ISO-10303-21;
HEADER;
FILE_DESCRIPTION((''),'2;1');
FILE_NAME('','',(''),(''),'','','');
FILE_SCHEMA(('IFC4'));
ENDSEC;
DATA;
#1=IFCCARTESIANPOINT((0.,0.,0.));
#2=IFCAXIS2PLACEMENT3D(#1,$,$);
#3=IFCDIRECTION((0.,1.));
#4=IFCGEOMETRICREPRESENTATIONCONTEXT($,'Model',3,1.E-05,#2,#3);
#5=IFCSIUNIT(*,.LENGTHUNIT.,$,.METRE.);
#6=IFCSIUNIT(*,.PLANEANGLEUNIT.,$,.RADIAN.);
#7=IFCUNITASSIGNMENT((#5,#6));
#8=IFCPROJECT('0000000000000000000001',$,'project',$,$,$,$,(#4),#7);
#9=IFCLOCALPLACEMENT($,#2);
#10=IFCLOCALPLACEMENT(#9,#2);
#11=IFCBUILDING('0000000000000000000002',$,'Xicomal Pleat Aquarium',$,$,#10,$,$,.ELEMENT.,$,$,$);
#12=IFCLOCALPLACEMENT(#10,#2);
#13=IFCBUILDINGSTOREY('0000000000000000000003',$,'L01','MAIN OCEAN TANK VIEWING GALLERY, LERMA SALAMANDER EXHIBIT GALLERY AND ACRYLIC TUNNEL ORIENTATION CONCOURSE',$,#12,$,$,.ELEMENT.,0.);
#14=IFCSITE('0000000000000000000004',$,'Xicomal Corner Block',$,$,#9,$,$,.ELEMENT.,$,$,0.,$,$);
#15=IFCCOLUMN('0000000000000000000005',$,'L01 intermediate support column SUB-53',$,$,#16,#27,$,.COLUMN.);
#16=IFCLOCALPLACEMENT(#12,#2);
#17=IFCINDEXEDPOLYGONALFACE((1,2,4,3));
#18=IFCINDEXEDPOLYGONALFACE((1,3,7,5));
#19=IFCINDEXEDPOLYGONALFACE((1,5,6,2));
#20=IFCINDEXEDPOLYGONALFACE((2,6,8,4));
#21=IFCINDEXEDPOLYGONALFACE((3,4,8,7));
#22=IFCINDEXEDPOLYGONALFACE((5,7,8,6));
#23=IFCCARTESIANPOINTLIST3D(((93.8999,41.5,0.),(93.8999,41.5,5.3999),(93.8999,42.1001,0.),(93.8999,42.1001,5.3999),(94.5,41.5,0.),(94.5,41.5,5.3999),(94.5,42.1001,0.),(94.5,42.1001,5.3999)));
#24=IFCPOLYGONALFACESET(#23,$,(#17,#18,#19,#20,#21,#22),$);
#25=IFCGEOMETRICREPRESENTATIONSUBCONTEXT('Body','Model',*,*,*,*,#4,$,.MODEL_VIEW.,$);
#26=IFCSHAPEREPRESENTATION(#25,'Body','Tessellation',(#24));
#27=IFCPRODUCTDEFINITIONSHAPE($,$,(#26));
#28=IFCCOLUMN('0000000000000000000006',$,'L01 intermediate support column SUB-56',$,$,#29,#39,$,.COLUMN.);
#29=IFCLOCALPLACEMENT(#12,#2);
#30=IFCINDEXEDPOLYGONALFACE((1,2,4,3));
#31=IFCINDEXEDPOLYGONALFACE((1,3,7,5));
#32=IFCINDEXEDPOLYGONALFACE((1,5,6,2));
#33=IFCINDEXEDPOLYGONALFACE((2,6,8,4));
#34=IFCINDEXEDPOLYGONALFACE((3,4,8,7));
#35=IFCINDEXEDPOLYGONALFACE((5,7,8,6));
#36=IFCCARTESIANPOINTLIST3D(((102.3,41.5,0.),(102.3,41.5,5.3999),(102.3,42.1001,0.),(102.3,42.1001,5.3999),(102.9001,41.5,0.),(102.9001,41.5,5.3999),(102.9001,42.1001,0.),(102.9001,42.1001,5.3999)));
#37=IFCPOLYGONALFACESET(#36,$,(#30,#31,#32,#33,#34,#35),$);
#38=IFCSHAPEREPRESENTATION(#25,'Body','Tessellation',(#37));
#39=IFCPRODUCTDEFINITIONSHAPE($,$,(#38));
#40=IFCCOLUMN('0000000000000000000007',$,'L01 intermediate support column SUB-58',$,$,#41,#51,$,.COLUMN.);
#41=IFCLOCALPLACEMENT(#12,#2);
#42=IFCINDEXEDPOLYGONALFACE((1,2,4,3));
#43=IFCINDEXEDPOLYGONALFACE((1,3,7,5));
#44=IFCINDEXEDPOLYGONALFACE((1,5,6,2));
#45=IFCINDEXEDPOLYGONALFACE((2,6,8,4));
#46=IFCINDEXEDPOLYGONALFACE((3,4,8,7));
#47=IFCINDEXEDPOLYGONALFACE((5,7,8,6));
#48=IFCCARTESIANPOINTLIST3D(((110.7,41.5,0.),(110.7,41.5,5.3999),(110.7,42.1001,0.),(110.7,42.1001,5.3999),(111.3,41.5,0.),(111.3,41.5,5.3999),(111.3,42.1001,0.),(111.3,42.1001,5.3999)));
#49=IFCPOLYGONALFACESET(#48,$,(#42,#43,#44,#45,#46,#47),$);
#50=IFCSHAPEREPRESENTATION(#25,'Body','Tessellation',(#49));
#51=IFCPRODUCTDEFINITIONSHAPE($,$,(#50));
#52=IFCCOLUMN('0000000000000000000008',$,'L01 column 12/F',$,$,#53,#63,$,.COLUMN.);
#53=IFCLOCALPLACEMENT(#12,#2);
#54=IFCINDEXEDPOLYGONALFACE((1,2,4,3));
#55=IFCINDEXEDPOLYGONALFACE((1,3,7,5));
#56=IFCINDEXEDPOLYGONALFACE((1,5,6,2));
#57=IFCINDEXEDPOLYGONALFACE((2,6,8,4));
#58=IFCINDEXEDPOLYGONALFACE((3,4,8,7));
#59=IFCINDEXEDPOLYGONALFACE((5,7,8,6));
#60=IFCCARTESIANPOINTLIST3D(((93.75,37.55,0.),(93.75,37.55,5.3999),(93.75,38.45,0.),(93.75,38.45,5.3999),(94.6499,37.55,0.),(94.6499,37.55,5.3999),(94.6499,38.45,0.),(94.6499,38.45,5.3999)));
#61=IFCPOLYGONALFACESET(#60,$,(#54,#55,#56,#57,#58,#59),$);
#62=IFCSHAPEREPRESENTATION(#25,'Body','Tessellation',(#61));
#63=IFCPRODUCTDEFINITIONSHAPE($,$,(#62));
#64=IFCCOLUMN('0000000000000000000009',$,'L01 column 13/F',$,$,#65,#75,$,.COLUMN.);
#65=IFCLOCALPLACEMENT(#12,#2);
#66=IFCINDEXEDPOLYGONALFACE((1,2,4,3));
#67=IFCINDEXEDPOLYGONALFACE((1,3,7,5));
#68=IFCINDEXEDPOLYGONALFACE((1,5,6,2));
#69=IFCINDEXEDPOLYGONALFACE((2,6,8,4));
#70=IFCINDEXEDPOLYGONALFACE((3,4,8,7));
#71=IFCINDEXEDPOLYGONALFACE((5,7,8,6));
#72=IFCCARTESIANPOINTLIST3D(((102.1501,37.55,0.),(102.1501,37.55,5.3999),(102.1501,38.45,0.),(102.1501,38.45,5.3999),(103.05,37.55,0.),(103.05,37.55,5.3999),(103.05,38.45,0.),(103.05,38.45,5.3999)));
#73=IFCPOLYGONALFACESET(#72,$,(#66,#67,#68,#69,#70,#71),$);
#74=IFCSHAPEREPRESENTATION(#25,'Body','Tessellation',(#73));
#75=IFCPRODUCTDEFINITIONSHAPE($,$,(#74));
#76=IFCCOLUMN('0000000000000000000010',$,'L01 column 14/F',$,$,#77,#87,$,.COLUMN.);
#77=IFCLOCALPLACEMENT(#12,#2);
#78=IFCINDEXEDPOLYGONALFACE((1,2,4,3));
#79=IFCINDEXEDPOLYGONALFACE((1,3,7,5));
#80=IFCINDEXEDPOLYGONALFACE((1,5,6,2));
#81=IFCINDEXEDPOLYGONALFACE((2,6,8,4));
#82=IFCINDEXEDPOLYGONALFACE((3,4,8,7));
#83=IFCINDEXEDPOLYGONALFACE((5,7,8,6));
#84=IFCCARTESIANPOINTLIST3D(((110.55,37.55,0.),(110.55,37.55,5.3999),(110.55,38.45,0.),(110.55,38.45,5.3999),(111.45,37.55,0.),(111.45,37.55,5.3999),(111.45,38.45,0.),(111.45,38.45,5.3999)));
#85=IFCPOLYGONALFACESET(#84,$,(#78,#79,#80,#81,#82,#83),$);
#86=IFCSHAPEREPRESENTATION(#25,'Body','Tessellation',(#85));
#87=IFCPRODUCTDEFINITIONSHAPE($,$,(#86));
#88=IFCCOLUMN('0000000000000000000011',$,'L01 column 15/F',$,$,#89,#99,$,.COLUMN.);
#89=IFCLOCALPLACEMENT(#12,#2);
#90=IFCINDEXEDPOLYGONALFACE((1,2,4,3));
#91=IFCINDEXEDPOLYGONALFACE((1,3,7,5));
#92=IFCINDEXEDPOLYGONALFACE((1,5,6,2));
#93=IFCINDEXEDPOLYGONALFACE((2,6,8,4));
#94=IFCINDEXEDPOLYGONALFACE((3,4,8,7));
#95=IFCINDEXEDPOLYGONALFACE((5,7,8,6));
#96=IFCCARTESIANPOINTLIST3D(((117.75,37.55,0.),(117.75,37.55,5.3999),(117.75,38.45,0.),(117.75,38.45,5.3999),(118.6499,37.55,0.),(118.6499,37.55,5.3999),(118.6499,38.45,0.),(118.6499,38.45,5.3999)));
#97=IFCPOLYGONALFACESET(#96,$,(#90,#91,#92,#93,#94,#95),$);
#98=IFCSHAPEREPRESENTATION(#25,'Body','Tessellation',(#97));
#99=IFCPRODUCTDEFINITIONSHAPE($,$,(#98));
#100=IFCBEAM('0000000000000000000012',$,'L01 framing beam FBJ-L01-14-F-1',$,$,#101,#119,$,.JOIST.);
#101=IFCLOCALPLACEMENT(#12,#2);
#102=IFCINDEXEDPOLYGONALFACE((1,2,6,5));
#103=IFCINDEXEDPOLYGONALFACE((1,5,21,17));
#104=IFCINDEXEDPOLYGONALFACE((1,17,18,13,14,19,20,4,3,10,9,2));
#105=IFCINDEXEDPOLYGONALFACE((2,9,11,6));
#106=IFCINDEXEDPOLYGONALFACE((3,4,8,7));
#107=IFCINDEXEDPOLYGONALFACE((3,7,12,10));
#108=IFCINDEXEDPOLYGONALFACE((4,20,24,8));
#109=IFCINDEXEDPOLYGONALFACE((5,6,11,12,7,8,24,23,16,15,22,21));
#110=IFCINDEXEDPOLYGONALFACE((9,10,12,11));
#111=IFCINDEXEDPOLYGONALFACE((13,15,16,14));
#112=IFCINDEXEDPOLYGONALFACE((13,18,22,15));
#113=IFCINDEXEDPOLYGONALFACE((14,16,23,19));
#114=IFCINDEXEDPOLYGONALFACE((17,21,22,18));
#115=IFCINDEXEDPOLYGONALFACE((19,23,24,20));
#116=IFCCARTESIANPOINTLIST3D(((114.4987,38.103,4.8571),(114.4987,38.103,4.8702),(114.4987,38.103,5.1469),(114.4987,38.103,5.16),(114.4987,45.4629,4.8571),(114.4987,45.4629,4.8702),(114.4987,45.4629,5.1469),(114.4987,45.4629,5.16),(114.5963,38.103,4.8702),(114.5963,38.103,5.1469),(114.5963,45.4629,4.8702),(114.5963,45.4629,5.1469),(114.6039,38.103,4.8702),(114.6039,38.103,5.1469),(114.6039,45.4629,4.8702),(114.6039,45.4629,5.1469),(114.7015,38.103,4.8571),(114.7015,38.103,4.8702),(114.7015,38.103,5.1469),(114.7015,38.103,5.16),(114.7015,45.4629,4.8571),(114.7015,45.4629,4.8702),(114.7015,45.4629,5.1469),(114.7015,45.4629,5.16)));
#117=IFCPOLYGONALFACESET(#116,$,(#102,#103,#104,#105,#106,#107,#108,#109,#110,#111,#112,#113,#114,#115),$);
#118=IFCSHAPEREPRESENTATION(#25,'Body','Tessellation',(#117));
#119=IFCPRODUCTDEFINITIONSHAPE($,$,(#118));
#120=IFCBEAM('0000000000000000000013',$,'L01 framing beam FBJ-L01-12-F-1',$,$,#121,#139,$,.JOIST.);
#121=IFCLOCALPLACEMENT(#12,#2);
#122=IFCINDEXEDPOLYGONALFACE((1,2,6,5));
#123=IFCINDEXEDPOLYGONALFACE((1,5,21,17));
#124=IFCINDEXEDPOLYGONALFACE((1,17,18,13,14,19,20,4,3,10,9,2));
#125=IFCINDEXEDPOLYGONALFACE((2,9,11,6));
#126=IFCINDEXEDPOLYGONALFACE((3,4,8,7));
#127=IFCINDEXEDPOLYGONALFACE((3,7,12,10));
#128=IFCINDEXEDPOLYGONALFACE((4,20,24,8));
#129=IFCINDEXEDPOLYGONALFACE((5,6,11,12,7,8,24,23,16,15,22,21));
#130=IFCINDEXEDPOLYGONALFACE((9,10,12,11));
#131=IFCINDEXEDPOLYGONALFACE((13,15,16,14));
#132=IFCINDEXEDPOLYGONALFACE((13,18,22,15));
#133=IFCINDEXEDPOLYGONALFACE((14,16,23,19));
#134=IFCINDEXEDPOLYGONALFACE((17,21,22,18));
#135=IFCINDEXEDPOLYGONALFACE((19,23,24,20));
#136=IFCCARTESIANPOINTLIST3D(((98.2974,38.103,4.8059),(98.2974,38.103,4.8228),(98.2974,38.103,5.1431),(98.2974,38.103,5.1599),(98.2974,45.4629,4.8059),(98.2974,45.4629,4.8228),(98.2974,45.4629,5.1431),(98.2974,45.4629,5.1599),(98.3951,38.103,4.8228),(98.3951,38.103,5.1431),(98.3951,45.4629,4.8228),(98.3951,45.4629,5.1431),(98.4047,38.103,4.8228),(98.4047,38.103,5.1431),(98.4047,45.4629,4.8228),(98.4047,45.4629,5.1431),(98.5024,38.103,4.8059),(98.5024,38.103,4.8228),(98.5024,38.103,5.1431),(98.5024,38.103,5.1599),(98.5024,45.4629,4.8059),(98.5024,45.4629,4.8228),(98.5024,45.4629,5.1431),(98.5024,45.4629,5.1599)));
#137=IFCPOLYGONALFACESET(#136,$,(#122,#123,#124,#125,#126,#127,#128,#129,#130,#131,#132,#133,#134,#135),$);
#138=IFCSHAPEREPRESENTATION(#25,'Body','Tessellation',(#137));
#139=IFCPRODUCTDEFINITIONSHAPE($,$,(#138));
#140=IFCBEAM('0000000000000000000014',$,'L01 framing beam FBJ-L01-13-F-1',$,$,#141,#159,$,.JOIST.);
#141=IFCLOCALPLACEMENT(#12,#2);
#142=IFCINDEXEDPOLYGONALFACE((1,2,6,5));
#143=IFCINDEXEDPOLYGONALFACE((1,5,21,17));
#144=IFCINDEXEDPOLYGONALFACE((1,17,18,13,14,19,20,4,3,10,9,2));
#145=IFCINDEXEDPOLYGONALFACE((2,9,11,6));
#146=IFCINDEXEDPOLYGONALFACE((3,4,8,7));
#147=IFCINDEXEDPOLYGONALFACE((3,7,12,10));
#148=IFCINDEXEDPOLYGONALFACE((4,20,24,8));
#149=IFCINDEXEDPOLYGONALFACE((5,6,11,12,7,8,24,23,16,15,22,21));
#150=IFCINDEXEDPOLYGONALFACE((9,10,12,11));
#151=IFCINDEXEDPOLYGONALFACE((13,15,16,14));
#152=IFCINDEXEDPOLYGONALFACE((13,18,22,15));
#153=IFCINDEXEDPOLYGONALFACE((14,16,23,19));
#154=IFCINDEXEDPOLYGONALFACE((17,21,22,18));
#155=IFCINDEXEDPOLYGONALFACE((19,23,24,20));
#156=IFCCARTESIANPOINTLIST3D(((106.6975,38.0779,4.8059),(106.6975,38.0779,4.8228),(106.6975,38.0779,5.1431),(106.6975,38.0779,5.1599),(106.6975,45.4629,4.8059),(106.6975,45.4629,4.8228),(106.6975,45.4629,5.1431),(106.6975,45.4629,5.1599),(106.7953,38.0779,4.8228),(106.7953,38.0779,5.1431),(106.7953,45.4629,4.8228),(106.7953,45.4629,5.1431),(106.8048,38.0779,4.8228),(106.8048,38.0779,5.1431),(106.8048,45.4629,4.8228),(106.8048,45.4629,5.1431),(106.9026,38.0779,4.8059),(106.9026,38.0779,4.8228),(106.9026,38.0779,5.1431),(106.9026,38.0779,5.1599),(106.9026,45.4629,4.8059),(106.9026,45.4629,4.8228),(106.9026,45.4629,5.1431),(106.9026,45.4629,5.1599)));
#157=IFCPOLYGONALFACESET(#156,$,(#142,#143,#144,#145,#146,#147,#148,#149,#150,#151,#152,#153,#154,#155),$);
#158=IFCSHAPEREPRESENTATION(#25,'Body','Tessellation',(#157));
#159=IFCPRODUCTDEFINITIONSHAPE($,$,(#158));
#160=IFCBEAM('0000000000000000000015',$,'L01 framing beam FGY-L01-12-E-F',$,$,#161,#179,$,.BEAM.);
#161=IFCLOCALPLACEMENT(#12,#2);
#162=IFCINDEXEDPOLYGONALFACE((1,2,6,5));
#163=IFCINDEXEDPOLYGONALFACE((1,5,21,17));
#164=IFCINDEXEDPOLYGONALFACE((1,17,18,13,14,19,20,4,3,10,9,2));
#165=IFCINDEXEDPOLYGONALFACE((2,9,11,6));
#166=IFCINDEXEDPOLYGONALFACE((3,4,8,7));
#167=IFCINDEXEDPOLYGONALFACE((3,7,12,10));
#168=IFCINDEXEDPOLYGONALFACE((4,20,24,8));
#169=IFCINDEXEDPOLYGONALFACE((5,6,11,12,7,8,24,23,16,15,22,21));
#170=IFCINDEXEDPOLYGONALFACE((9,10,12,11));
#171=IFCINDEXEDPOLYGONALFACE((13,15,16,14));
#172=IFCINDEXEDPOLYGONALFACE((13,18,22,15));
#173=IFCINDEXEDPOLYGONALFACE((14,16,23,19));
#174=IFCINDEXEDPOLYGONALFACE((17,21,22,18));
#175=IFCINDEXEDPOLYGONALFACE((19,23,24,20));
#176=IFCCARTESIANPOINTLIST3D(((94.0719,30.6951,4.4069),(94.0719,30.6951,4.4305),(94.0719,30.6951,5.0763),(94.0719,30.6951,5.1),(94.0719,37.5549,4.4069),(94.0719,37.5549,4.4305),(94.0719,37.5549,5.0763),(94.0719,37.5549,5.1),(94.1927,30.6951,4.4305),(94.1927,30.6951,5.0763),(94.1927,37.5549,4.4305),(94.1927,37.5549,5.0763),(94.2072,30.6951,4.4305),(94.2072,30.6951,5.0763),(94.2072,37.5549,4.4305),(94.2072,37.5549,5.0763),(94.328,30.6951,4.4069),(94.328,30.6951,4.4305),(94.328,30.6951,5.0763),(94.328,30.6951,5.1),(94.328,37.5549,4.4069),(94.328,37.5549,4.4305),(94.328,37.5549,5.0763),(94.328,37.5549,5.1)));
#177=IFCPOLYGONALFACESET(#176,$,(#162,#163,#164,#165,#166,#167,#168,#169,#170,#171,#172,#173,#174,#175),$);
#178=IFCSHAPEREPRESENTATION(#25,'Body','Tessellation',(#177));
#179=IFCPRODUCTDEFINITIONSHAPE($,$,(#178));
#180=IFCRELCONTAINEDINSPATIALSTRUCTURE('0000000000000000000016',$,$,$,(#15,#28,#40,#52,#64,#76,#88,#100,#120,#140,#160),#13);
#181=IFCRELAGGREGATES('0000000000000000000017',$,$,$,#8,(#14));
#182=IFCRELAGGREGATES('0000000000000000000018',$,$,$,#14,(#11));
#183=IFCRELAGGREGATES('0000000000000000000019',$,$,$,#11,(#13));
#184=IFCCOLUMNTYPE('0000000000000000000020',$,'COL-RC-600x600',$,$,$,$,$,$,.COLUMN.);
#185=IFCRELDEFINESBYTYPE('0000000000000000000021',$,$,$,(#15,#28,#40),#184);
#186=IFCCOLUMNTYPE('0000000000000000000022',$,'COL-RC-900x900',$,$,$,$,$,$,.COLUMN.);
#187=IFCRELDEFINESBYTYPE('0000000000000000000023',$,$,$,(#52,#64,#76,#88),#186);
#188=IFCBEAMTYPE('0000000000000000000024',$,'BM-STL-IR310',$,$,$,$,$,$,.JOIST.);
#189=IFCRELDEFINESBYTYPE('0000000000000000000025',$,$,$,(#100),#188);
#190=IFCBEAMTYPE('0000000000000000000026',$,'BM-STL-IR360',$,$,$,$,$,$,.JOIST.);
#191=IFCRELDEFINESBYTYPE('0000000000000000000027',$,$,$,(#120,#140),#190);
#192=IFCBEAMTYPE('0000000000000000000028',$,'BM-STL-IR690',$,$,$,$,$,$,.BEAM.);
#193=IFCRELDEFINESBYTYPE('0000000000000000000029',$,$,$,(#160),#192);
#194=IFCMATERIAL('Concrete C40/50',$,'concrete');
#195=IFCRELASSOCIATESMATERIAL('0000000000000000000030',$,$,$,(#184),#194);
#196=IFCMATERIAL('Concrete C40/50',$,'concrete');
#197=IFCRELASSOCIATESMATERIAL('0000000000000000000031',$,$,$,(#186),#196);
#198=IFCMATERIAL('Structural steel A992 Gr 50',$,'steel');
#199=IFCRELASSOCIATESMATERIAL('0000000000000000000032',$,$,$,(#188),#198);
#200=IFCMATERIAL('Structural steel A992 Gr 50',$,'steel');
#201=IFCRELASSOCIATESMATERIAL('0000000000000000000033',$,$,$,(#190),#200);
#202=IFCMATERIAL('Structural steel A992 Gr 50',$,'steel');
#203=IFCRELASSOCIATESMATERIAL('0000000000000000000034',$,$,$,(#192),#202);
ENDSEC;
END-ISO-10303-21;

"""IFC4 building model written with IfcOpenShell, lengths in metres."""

from ifc_helpers import new_model, si_unit, direction, frame, origin, origin_2d, place, context, subcontext, project, spatial, rectangle, i_section, extrude, material, material_profile, profile_set, type_object, element, save


model = new_model("IFC4")

# Units and contexts
model_context = context("Model", 3, precision=1e-05, world=origin(), true_north=direction((0.0, 1.0)))
body_context = subcontext(model_context, "Body", "Model", "MODEL_VIEW")
ifc_project = project(units=[si_unit("LENGTHUNIT", "METRE"), si_unit("PLANEANGLEUNIT", "RADIAN")], contexts=[model_context])

# Site, building, storey
site_placement = place(None, origin())
site = spatial("IfcSite", under=ifc_project, at=site_placement, Name="Xicomal Corner Block", CompositionType="ELEMENT", RefElevation=0.0)
building_placement = place(site_placement, origin())
building = spatial("IfcBuilding", under=site, at=building_placement, Name="Xicomal Pleat Aquarium", CompositionType="ELEMENT")
storey_placement = place(building_placement, origin())
storey = spatial("IfcBuildingStorey", under=building, at=storey_placement, Name="L01", Description="MAIN OCEAN TANK VIEWING GALLERY, LERMA SALAMANDER EXHIBIT GALLERY AND ACRYLIC TUNNEL ORIENTATION CONCOURSE", CompositionType="ELEMENT", Elevation=0.0)

# Columns
ifc_material_1 = material(Name="Concrete C40/50", Category="concrete")
ifc_material_profile_1 = material_profile(ifc_material_1, rectangle(XDim=0.6001, YDim=0.6001, at=origin_2d()), Name="RC 600x600")
ifc_profile_set_1 = profile_set([ifc_material_profile_1], Name="Concrete C40/50")
column_type_1 = type_object("IfcColumnType", Name="COL-RC-600x600", PredefinedType="COLUMN", material=ifc_profile_set_1)
for number, where, z_axis, x_axis, name in (
    (1, (94.2, 41.8, 0.0), (0.0, 0.0, 1.0), (1.0, 0.0, 0.0), "L01 intermediate support column SUB-53"),
    (2, (102.6001, 41.8, 0.0), (0.0, 0.0, 1.0), (1.0, 0.0, 0.0), "L01 intermediate support column SUB-56"),
    (3, (111.0, 41.8, 0.0), (0.0, 0.0, 1.0), (1.0, 0.0, 0.0), "L01 intermediate support column SUB-58"),
):
    element("IfcColumn", number, at=place(storey_placement, frame(where, z_axis=z_axis, x_axis=x_axis)), inside=storey, type_object=column_type_1, Name=name, PredefinedType="COLUMN", context=body_context, shape_type="SweptSolid", body=[
        extrude(rectangle(XDim=0.6001, YDim=0.6001, at=origin_2d()), origin(), (0.0, 0.0, 1.0), 5.3999),
    ])
ifc_material_2 = material(Name="Concrete C40/50", Category="concrete")
ifc_material_profile_2 = material_profile(ifc_material_2, rectangle(XDim=0.8999, YDim=0.8999, at=origin_2d()), Name="RC 900x900")
ifc_profile_set_2 = profile_set([ifc_material_profile_2], Name="Concrete C40/50")
column_type_2 = type_object("IfcColumnType", Name="COL-RC-900x900", PredefinedType="COLUMN", material=ifc_profile_set_2)
for number, where, z_axis, x_axis, name in (
    (4, (94.2, 38.0, 0.0), (0.0, 0.0, 1.0), (1.0, 0.0, 0.0), "L01 column 12/F"),
    (5, (102.6001, 38.0, 0.0), (0.0, 0.0, 1.0), (1.0, 0.0, 0.0), "L01 column 13/F"),
    (6, (111.0, 38.0, 0.0), (0.0, 0.0, 1.0), (1.0, 0.0, 0.0), "L01 column 14/F"),
    (7, (118.2, 38.0, 0.0), (0.0, 0.0, 1.0), (1.0, 0.0, 0.0), "L01 column 15/F"),
):
    element("IfcColumn", number, at=place(storey_placement, frame(where, z_axis=z_axis, x_axis=x_axis)), inside=storey, type_object=column_type_2, Name=name, PredefinedType="COLUMN", context=body_context, shape_type="SweptSolid", body=[
        extrude(rectangle(XDim=0.8999, YDim=0.8999, at=origin_2d()), origin(), (0.0, 0.0, 1.0), 5.3999),
    ])

# Beams
ifc_material_3 = material(Name="Structural steel A992 Gr 50", Category="steel")
ifc_material_profile_3 = material_profile(ifc_material_3, i_section(OverallWidth=0.2029, OverallDepth=0.303, WebThickness=0.0076, FlangeThickness=0.0132, at=origin_2d()), Name="IR 310x60")
ifc_profile_set_3 = profile_set([ifc_material_profile_3], Name="Structural steel A992 Gr 50")
beam_type_1 = type_object("IfcBeamType", Name="BM-STL-IR310", PredefinedType="JOIST", material=ifc_profile_set_3)
beam_1_placement = place(storey_placement, frame((114.6001, 38.103, 5.0085), z_axis=(0.0, 1.0, 0.0), x_axis=(-1.0, 0.0, 0.0)))
element("IfcBeam", 8, at=beam_1_placement, inside=storey, type_object=beam_type_1, Name="L01 framing beam FBJ-L01-14-F-1", PredefinedType="JOIST", context=body_context, shape_type="SweptSolid", body=[
    extrude(i_section(OverallWidth=0.2029, OverallDepth=0.303, WebThickness=0.0076, FlangeThickness=0.0132, at=origin_2d()), origin(), (0.0, 0.0, 1.0), 7.3599),
])
ifc_material_4 = material(Name="Structural steel A992 Gr 50", Category="steel")
ifc_material_profile_4 = material_profile(ifc_material_4, i_section(OverallWidth=0.2051, OverallDepth=0.354, WebThickness=0.0095, FlangeThickness=0.0168, at=origin_2d()), Name="IR 360x79")
ifc_profile_set_4 = profile_set([ifc_material_profile_4], Name="Structural steel A992 Gr 50")
beam_type_2 = type_object("IfcBeamType", Name="BM-STL-IR360", PredefinedType="JOIST", material=ifc_profile_set_4)
beam_2_placement = place(storey_placement, frame((98.3999, 38.103, 4.9829), z_axis=(0.0, 1.0, 0.0), x_axis=(-1.0, 0.0, 0.0)))
element("IfcBeam", 9, at=beam_2_placement, inside=storey, type_object=beam_type_2, Name="L01 framing beam FBJ-L01-12-F-1", PredefinedType="JOIST", context=body_context, shape_type="SweptSolid", body=[
    extrude(i_section(OverallWidth=0.2051, OverallDepth=0.354, WebThickness=0.0095, FlangeThickness=0.0168, at=origin_2d()), origin(), (0.0, 0.0, 1.0), 7.3599),
])
beam_3_placement = place(storey_placement, frame((106.8, 38.0779, 4.9829), z_axis=(0.0, 1.0, 0.0), x_axis=(-1.0, 0.0, 0.0)))
element("IfcBeam", 10, at=beam_3_placement, inside=storey, type_object=beam_type_2, Name="L01 framing beam FBJ-L01-13-F-1", PredefinedType="JOIST", context=body_context, shape_type="SweptSolid", body=[
    extrude(i_section(OverallWidth=0.2051, OverallDepth=0.354, WebThickness=0.0095, FlangeThickness=0.0168, at=origin_2d()), origin(), (0.0, 0.0, 1.0), 7.385),
])
ifc_material_5 = material(Name="Structural steel A992 Gr 50", Category="steel")
ifc_material_profile_5 = material_profile(ifc_material_5, i_section(OverallWidth=0.2561, OverallDepth=0.6931, WebThickness=0.0144, FlangeThickness=0.0237, at=origin_2d()), Name="IR 690x170")
ifc_profile_set_5 = profile_set([ifc_material_profile_5], Name="Structural steel A992 Gr 50")
beam_type_3 = type_object("IfcBeamType", Name="BM-STL-IR690", PredefinedType="BEAM", material=ifc_profile_set_5)
beam_4_placement = place(storey_placement, frame((94.2, 30.6951, 4.7534), z_axis=(0.0, 1.0, 0.0), x_axis=(-1.0, 0.0, 0.0)))
element("IfcBeam", 11, at=beam_4_placement, inside=storey, type_object=beam_type_3, Name="L01 framing beam FGY-L01-12-E-F", PredefinedType="BEAM", context=body_context, shape_type="SweptSolid", body=[
    extrude(i_section(OverallWidth=0.2561, OverallDepth=0.6931, WebThickness=0.0144, FlangeThickness=0.0237, at=origin_2d()), origin(), (0.0, 0.0, 1.0), 6.8599),
])

save(model, "model.ifc")
